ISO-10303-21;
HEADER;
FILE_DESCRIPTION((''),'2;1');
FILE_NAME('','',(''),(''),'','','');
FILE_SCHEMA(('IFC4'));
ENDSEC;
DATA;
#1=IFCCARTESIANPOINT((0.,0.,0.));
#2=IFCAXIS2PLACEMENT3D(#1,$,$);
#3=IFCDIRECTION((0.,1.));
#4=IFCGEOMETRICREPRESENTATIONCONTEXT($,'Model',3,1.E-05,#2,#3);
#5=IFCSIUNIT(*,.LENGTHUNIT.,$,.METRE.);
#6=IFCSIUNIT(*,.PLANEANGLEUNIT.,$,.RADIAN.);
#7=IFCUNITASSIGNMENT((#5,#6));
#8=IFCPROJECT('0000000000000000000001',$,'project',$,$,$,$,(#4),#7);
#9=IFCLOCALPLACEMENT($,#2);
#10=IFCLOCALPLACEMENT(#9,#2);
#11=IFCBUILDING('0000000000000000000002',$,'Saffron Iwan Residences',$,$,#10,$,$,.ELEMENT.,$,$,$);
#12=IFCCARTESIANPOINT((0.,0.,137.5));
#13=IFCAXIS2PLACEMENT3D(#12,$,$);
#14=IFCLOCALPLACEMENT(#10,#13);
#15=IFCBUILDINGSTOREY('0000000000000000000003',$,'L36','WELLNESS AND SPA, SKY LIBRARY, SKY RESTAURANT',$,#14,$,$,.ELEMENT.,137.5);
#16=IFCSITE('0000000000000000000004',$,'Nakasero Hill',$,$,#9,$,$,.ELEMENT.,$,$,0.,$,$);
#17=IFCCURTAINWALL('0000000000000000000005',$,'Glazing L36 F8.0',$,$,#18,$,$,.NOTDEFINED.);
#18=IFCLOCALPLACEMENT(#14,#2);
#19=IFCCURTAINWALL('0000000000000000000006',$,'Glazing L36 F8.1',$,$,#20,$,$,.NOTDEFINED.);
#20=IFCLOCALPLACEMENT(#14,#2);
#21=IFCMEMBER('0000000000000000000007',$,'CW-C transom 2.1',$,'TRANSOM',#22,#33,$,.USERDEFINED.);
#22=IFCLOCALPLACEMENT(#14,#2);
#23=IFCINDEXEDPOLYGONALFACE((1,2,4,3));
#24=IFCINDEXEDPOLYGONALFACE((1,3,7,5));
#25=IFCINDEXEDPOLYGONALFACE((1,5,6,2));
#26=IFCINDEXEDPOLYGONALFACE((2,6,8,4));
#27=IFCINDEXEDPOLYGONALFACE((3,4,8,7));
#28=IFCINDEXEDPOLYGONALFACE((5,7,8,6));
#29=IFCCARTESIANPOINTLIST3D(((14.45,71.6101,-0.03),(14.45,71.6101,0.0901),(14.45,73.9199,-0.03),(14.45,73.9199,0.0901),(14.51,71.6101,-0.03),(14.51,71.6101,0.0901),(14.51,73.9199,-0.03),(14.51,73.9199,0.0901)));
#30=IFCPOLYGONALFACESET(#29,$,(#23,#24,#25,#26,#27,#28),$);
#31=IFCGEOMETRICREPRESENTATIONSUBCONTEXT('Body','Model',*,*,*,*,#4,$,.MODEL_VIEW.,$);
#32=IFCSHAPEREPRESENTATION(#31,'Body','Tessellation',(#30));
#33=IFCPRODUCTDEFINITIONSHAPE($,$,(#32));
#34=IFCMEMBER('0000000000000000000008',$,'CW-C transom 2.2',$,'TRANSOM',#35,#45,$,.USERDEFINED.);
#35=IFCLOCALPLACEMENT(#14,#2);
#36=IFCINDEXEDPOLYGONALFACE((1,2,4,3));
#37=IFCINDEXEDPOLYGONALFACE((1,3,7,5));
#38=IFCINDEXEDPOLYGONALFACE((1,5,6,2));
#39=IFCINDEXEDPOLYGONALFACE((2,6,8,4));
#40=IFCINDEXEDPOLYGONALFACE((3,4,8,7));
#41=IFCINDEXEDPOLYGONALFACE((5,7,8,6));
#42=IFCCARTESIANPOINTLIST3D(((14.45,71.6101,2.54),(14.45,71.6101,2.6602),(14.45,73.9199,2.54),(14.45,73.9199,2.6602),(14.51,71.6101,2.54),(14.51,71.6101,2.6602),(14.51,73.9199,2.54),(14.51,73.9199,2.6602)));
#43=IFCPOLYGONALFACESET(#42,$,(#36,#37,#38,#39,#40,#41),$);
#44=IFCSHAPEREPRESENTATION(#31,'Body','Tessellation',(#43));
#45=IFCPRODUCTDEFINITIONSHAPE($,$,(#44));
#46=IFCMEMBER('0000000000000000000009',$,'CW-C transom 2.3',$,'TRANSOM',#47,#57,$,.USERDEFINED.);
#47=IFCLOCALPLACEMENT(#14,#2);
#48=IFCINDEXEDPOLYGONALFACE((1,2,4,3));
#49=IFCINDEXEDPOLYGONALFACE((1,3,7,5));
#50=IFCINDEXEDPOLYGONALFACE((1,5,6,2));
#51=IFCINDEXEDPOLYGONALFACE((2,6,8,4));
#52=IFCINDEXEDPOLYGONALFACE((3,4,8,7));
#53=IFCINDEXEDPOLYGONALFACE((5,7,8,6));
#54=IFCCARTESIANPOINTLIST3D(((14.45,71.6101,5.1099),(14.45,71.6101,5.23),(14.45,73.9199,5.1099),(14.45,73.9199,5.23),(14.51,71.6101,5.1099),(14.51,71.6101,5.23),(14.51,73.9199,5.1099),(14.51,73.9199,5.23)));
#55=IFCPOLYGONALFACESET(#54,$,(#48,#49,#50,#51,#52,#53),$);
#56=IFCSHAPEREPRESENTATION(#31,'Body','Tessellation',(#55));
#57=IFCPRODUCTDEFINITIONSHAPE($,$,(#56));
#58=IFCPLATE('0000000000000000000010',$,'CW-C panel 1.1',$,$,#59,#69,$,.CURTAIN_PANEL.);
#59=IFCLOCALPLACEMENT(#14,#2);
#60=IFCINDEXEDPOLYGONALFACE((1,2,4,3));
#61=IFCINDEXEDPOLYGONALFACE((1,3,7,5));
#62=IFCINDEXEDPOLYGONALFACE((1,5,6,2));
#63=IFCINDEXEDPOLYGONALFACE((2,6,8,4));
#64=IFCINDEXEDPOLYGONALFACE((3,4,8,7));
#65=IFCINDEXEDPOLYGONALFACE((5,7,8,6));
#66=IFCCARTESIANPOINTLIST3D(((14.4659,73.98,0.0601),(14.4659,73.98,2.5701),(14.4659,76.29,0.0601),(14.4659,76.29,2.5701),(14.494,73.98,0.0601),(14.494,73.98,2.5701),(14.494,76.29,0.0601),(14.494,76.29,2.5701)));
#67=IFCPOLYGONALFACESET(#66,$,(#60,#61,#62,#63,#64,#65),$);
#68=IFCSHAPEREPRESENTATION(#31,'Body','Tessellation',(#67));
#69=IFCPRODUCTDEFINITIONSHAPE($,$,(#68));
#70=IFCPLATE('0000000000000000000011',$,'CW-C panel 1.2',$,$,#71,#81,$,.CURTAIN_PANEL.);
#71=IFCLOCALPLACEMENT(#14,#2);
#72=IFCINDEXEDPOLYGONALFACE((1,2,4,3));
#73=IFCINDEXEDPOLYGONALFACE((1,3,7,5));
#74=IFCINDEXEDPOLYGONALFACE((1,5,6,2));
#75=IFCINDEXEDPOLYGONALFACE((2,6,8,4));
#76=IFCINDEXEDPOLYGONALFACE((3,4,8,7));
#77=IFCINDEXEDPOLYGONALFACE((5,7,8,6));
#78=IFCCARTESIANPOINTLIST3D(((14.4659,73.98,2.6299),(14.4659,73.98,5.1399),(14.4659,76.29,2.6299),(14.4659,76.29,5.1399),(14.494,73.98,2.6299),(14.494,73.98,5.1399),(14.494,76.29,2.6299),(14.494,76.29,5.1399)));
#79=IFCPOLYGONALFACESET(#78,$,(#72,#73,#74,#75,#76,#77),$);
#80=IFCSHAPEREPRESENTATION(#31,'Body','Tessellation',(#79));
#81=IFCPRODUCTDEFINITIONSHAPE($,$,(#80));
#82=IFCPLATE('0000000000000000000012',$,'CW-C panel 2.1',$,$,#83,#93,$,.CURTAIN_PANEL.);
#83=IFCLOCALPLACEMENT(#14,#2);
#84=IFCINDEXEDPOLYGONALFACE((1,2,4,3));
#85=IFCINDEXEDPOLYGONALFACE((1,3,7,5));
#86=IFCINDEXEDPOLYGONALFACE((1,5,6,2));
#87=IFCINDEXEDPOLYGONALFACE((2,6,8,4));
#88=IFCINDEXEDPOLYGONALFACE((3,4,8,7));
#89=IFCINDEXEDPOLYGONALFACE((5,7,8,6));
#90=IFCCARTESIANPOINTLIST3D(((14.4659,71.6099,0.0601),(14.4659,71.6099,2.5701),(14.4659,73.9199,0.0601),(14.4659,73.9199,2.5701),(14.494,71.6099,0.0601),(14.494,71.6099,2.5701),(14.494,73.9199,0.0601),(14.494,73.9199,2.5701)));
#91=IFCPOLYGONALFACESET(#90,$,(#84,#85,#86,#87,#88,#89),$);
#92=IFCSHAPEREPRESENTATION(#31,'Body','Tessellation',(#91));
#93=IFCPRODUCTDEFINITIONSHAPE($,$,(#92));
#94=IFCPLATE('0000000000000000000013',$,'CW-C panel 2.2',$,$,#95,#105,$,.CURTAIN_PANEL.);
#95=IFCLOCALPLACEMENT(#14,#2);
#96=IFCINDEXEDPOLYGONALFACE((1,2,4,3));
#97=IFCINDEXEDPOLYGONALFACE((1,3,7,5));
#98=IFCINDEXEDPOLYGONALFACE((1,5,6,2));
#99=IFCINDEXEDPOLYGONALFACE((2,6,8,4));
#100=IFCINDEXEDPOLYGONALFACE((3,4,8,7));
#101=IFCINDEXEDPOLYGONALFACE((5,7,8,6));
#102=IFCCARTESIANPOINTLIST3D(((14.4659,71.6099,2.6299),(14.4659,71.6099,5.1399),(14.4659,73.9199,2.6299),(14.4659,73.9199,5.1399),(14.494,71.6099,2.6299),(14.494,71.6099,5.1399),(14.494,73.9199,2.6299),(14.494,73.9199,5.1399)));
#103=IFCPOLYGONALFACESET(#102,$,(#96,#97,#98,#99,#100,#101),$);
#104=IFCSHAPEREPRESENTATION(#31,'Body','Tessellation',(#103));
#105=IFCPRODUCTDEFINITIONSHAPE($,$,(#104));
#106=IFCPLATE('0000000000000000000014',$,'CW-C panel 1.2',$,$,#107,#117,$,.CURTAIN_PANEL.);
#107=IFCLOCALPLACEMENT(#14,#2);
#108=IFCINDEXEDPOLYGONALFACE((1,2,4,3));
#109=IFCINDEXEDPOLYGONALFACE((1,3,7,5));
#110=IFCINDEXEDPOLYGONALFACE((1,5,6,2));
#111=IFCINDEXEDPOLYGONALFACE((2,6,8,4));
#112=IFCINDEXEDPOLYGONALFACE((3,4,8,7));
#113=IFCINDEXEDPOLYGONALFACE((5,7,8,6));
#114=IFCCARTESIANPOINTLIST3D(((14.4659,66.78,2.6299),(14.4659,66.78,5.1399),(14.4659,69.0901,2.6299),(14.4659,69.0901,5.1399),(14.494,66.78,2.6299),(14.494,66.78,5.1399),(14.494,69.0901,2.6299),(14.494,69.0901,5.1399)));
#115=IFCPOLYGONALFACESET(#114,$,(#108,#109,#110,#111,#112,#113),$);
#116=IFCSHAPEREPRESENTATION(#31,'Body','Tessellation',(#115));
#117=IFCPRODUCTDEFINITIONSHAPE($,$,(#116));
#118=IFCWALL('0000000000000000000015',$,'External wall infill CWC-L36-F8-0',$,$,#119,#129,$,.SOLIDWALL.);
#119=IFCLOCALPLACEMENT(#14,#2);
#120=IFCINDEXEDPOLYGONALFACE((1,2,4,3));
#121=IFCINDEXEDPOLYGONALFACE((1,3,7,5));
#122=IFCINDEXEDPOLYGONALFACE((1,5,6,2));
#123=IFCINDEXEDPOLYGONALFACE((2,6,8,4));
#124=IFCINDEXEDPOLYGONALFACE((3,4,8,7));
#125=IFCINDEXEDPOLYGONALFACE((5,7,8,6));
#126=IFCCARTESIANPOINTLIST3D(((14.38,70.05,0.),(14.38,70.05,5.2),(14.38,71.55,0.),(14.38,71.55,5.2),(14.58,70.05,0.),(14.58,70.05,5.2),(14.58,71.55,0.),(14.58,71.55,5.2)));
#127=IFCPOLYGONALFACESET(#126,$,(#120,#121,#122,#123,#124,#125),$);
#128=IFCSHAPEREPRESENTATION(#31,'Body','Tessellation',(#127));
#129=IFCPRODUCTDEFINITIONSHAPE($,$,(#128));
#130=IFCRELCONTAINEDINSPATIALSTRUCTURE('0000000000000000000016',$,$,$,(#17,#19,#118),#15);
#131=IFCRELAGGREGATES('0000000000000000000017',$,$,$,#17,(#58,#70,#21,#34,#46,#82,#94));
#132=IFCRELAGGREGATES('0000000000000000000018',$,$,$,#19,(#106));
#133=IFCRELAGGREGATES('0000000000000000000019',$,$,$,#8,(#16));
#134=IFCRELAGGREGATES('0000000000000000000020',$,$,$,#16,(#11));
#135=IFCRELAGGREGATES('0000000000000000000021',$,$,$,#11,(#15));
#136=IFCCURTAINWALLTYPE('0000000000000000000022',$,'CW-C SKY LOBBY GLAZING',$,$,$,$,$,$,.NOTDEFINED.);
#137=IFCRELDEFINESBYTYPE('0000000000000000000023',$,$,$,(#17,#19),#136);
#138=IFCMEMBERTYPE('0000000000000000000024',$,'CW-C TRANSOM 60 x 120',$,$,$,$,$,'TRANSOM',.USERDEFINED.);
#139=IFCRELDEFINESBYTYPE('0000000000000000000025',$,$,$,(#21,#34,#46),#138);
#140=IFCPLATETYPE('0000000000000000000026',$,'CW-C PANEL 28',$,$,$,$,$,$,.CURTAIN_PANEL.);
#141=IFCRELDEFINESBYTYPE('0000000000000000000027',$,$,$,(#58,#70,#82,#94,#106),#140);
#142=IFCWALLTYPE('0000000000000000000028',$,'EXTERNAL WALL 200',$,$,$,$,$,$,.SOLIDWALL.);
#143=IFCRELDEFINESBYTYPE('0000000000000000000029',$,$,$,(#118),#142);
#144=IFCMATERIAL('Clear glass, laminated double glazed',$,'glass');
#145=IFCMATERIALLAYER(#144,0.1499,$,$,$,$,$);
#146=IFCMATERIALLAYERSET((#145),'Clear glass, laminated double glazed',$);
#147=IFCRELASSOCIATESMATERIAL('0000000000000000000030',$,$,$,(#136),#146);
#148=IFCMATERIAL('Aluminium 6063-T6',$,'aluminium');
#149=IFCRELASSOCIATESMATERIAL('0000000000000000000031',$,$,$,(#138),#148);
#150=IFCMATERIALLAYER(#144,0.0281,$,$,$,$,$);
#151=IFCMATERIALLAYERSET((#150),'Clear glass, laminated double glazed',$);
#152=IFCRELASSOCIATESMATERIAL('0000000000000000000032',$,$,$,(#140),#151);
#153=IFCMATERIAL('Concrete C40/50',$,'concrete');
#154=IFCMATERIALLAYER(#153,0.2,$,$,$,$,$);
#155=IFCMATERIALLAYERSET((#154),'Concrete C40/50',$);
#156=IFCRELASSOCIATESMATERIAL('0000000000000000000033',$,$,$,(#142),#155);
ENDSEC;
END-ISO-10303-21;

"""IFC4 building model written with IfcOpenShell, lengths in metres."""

from ifc_helpers import new_model, si_unit, direction, frame, frame_2d, origin, origin_2d, place, context, subcontext, project, spatial, rectangle, extrude, source, transform, mapped, material, layer, layer_set, material_profile, profile_set, type_object, element, aggregate, save


model = new_model("IFC4")

# Units and contexts
model_context = context("Model", 3, precision=1e-05, world=origin(), true_north=direction((0.0, 1.0)))
body_context = subcontext(model_context, "Body", "Model", "MODEL_VIEW")
ifc_project = project(units=[si_unit("LENGTHUNIT", "METRE"), si_unit("PLANEANGLEUNIT", "RADIAN")], contexts=[model_context])

# Site, building, storey
site_placement = place(None, origin())
site = spatial("IfcSite", under=ifc_project, at=site_placement, Name="Nakasero Hill", CompositionType="ELEMENT", RefElevation=0.0)
building_placement = place(site_placement, origin())
building = spatial("IfcBuilding", under=site, at=building_placement, Name="Saffron Iwan Residences", CompositionType="ELEMENT")
storey_placement = place(building_placement, frame((0.0, 0.0, 137.5)))
storey = spatial("IfcBuildingStorey", under=building, at=storey_placement, Name="L36", Description="WELLNESS AND SPA, SKY LIBRARY, SKY RESTAURANT", CompositionType="ELEMENT", Elevation=137.5)

# Curtain wall
ifc_material_1 = material(Name="Clear glass, laminated double glazed", Category="glass")
ifc_layer_1 = layer(ifc_material_1, 0.1499)
ifc_layer_set_1 = layer_set([ifc_layer_1], Name="Clear glass, laminated double glazed")
curtain_wall_type = type_object("IfcCurtainWallType", Name="CW-C SKY LOBBY GLAZING", PredefinedType="NOTDEFINED", material=ifc_layer_set_1)
curtain_wall_1_placement = place(storey_placement, origin())
curtain_wall_1 = element("IfcCurtainWall", 1, at=curtain_wall_1_placement, inside=storey, type_object=curtain_wall_type, Name="Glazing L36 F8.0", PredefinedType="NOTDEFINED")
ifc_material_2 = material(Name="Aluminium 6063-T6", Category="aluminium")

# Curtain wall
curtain_wall_2_placement = place(storey_placement, origin())
curtain_wall_2 = element("IfcCurtainWall", 2, at=curtain_wall_2_placement, inside=storey, type_object=curtain_wall_type, Name="Glazing L36 F8.1", PredefinedType="NOTDEFINED")

# Members
ifc_material_profile_1 = material_profile(ifc_material_2, rectangle(XDim=0.0601, YDim=0.1201, at=origin_2d()), Name="CW-C TRANSOM 60 x 120")
ifc_profile_set_1 = profile_set([ifc_material_profile_1], Name="Aluminium 6063-T6")
member_type_1 = type_object("IfcMemberType", Name="CW-C TRANSOM 60 x 120", ElementType="TRANSOM", PredefinedType="USERDEFINED", material=ifc_profile_set_1)
shared_shape_1 = source(origin(), body_context, "Body", "SweptSolid", [
    extrude(rectangle(XDim=0.0601, YDim=0.1201, at=origin_2d()), origin(), (0.0, 0.0, 1.0), 2.3098),
])
member_1_placement = place(storey_placement, frame((14.48, 73.9199, 0.03), z_axis=(0.0, -1.0, 0.0), x_axis=(1.0, 0.0, 0.0)))
member_1 = element("IfcMember", 3, at=member_1_placement, type_object=member_type_1, Name="CW-C transom 2.1", ObjectType="TRANSOM", PredefinedType="USERDEFINED", context=body_context, shape_type="MappedRepresentation", body=[
    mapped(shared_shape_1, transform((0.0, 0.0, 0.0))),
])
member_2_placement = place(storey_placement, frame((14.48, 73.9199, 2.6001), z_axis=(0.0, -1.0, 0.0), x_axis=(1.0, 0.0, 0.0)))
member_2 = element("IfcMember", 4, at=member_2_placement, type_object=member_type_1, Name="CW-C transom 2.2", ObjectType="TRANSOM", PredefinedType="USERDEFINED", context=body_context, shape_type="MappedRepresentation", body=[
    mapped(shared_shape_1, transform((0.0, 0.0, 0.0))),
])
member_3_placement = place(storey_placement, frame((14.48, 73.9199, 5.1699), z_axis=(0.0, -1.0, 0.0), x_axis=(1.0, 0.0, 0.0)))
member_3 = element("IfcMember", 5, at=member_3_placement, type_object=member_type_1, Name="CW-C transom 2.3", ObjectType="TRANSOM", PredefinedType="USERDEFINED", context=body_context, shape_type="MappedRepresentation", body=[
    mapped(shared_shape_1, transform((0.0, 0.0, 0.0))),
])

# Plates
ifc_layer_2 = layer(ifc_material_1, 0.0281)
ifc_layer_set_2 = layer_set([ifc_layer_2], Name="Clear glass, laminated double glazed")
plate_type = type_object("IfcPlateType", Name="CW-C PANEL 28", PredefinedType="CURTAIN_PANEL", material=ifc_layer_set_2)
shared_shape_2 = source(origin(), body_context, "Body", "SweptSolid", [
    extrude(rectangle(XDim=2.3101, YDim=0.0281, at=origin_2d()), origin(), (0.0, 0.0, 1.0), 2.51),
])
plate_1_placement = place(storey_placement, frame((14.48, 75.135, 0.0601), z_axis=(0.0, 0.0, 1.0), x_axis=(0.0, -1.0, 0.0)))
plate_1 = element("IfcPlate", 6, at=plate_1_placement, type_object=plate_type, Name="CW-C panel 1.1", PredefinedType="CURTAIN_PANEL", context=body_context, shape_type="MappedRepresentation", body=[
    mapped(shared_shape_2, transform((0.0, 0.0, 0.0))),
])
plate_2_placement = place(storey_placement, frame((14.48, 75.135, 2.6299), z_axis=(0.0, 0.0, 1.0), x_axis=(0.0, -1.0, 0.0)))
plate_2 = element("IfcPlate", 7, at=plate_2_placement, type_object=plate_type, Name="CW-C panel 1.2", PredefinedType="CURTAIN_PANEL", context=body_context, shape_type="MappedRepresentation", body=[
    mapped(shared_shape_2, transform((0.0, 0.0, 0.0))),
])
plate_3_placement = place(storey_placement, frame((14.48, 72.7649, 0.0601), z_axis=(0.0, 0.0, 1.0), x_axis=(0.0, -1.0, 0.0)))
plate_3 = element("IfcPlate", 8, at=plate_3_placement, type_object=plate_type, Name="CW-C panel 2.1", PredefinedType="CURTAIN_PANEL", context=body_context, shape_type="MappedRepresentation", body=[
    mapped(shared_shape_2, transform((0.0, 0.0, 0.0))),
])
plate_4_placement = place(storey_placement, frame((14.48, 72.7649, 2.6299), z_axis=(0.0, 0.0, 1.0), x_axis=(0.0, -1.0, 0.0)))
plate_4 = element("IfcPlate", 9, at=plate_4_placement, type_object=plate_type, Name="CW-C panel 2.2", PredefinedType="CURTAIN_PANEL", context=body_context, shape_type="MappedRepresentation", body=[
    mapped(shared_shape_2, transform((0.0, 0.0, 0.0))),
])
aggregate(curtain_wall_1, [plate_1, plate_2, member_1, member_2, member_3, plate_3, plate_4])
plate_5_placement = place(storey_placement, frame((14.48, 67.9351, 2.6299), z_axis=(0.0, 0.0, 1.0), x_axis=(0.0, -1.0, 0.0)))
plate_5 = element("IfcPlate", 10, at=plate_5_placement, type_object=plate_type, Name="CW-C panel 1.2", PredefinedType="CURTAIN_PANEL", context=body_context, shape_type="MappedRepresentation", body=[
    mapped(shared_shape_2, transform((0.0, 0.0, 0.0))),
])
aggregate(curtain_wall_2, [plate_5])

# Wall
ifc_material_3 = material(Name="Concrete C40/50", Category="concrete")
ifc_layer_3 = layer(ifc_material_3, 0.2)
ifc_layer_set_3 = layer_set([ifc_layer_3], Name="Concrete C40/50")
wall_type = type_object("IfcWallType", Name="EXTERNAL WALL 200", PredefinedType="SOLIDWALL", material=ifc_layer_set_3)
wall_placement = place(storey_placement, frame((14.48, 71.55, 0.0), z_axis=(0.0, 0.0, 1.0), x_axis=(0.0, -1.0, 0.0)))
element("IfcWall", 11, at=wall_placement, inside=storey, type_object=wall_type, Name="External wall infill CWC-L36-F8-0", PredefinedType="SOLIDWALL", context=body_context, shape_type="SweptSolid", body=[
    extrude(rectangle(XDim=1.5, YDim=0.2, at=frame_2d((0.75, 0.0))), origin(), (0.0, 0.0, 1.0), 5.2),
])

save(model, "model.ifc")
